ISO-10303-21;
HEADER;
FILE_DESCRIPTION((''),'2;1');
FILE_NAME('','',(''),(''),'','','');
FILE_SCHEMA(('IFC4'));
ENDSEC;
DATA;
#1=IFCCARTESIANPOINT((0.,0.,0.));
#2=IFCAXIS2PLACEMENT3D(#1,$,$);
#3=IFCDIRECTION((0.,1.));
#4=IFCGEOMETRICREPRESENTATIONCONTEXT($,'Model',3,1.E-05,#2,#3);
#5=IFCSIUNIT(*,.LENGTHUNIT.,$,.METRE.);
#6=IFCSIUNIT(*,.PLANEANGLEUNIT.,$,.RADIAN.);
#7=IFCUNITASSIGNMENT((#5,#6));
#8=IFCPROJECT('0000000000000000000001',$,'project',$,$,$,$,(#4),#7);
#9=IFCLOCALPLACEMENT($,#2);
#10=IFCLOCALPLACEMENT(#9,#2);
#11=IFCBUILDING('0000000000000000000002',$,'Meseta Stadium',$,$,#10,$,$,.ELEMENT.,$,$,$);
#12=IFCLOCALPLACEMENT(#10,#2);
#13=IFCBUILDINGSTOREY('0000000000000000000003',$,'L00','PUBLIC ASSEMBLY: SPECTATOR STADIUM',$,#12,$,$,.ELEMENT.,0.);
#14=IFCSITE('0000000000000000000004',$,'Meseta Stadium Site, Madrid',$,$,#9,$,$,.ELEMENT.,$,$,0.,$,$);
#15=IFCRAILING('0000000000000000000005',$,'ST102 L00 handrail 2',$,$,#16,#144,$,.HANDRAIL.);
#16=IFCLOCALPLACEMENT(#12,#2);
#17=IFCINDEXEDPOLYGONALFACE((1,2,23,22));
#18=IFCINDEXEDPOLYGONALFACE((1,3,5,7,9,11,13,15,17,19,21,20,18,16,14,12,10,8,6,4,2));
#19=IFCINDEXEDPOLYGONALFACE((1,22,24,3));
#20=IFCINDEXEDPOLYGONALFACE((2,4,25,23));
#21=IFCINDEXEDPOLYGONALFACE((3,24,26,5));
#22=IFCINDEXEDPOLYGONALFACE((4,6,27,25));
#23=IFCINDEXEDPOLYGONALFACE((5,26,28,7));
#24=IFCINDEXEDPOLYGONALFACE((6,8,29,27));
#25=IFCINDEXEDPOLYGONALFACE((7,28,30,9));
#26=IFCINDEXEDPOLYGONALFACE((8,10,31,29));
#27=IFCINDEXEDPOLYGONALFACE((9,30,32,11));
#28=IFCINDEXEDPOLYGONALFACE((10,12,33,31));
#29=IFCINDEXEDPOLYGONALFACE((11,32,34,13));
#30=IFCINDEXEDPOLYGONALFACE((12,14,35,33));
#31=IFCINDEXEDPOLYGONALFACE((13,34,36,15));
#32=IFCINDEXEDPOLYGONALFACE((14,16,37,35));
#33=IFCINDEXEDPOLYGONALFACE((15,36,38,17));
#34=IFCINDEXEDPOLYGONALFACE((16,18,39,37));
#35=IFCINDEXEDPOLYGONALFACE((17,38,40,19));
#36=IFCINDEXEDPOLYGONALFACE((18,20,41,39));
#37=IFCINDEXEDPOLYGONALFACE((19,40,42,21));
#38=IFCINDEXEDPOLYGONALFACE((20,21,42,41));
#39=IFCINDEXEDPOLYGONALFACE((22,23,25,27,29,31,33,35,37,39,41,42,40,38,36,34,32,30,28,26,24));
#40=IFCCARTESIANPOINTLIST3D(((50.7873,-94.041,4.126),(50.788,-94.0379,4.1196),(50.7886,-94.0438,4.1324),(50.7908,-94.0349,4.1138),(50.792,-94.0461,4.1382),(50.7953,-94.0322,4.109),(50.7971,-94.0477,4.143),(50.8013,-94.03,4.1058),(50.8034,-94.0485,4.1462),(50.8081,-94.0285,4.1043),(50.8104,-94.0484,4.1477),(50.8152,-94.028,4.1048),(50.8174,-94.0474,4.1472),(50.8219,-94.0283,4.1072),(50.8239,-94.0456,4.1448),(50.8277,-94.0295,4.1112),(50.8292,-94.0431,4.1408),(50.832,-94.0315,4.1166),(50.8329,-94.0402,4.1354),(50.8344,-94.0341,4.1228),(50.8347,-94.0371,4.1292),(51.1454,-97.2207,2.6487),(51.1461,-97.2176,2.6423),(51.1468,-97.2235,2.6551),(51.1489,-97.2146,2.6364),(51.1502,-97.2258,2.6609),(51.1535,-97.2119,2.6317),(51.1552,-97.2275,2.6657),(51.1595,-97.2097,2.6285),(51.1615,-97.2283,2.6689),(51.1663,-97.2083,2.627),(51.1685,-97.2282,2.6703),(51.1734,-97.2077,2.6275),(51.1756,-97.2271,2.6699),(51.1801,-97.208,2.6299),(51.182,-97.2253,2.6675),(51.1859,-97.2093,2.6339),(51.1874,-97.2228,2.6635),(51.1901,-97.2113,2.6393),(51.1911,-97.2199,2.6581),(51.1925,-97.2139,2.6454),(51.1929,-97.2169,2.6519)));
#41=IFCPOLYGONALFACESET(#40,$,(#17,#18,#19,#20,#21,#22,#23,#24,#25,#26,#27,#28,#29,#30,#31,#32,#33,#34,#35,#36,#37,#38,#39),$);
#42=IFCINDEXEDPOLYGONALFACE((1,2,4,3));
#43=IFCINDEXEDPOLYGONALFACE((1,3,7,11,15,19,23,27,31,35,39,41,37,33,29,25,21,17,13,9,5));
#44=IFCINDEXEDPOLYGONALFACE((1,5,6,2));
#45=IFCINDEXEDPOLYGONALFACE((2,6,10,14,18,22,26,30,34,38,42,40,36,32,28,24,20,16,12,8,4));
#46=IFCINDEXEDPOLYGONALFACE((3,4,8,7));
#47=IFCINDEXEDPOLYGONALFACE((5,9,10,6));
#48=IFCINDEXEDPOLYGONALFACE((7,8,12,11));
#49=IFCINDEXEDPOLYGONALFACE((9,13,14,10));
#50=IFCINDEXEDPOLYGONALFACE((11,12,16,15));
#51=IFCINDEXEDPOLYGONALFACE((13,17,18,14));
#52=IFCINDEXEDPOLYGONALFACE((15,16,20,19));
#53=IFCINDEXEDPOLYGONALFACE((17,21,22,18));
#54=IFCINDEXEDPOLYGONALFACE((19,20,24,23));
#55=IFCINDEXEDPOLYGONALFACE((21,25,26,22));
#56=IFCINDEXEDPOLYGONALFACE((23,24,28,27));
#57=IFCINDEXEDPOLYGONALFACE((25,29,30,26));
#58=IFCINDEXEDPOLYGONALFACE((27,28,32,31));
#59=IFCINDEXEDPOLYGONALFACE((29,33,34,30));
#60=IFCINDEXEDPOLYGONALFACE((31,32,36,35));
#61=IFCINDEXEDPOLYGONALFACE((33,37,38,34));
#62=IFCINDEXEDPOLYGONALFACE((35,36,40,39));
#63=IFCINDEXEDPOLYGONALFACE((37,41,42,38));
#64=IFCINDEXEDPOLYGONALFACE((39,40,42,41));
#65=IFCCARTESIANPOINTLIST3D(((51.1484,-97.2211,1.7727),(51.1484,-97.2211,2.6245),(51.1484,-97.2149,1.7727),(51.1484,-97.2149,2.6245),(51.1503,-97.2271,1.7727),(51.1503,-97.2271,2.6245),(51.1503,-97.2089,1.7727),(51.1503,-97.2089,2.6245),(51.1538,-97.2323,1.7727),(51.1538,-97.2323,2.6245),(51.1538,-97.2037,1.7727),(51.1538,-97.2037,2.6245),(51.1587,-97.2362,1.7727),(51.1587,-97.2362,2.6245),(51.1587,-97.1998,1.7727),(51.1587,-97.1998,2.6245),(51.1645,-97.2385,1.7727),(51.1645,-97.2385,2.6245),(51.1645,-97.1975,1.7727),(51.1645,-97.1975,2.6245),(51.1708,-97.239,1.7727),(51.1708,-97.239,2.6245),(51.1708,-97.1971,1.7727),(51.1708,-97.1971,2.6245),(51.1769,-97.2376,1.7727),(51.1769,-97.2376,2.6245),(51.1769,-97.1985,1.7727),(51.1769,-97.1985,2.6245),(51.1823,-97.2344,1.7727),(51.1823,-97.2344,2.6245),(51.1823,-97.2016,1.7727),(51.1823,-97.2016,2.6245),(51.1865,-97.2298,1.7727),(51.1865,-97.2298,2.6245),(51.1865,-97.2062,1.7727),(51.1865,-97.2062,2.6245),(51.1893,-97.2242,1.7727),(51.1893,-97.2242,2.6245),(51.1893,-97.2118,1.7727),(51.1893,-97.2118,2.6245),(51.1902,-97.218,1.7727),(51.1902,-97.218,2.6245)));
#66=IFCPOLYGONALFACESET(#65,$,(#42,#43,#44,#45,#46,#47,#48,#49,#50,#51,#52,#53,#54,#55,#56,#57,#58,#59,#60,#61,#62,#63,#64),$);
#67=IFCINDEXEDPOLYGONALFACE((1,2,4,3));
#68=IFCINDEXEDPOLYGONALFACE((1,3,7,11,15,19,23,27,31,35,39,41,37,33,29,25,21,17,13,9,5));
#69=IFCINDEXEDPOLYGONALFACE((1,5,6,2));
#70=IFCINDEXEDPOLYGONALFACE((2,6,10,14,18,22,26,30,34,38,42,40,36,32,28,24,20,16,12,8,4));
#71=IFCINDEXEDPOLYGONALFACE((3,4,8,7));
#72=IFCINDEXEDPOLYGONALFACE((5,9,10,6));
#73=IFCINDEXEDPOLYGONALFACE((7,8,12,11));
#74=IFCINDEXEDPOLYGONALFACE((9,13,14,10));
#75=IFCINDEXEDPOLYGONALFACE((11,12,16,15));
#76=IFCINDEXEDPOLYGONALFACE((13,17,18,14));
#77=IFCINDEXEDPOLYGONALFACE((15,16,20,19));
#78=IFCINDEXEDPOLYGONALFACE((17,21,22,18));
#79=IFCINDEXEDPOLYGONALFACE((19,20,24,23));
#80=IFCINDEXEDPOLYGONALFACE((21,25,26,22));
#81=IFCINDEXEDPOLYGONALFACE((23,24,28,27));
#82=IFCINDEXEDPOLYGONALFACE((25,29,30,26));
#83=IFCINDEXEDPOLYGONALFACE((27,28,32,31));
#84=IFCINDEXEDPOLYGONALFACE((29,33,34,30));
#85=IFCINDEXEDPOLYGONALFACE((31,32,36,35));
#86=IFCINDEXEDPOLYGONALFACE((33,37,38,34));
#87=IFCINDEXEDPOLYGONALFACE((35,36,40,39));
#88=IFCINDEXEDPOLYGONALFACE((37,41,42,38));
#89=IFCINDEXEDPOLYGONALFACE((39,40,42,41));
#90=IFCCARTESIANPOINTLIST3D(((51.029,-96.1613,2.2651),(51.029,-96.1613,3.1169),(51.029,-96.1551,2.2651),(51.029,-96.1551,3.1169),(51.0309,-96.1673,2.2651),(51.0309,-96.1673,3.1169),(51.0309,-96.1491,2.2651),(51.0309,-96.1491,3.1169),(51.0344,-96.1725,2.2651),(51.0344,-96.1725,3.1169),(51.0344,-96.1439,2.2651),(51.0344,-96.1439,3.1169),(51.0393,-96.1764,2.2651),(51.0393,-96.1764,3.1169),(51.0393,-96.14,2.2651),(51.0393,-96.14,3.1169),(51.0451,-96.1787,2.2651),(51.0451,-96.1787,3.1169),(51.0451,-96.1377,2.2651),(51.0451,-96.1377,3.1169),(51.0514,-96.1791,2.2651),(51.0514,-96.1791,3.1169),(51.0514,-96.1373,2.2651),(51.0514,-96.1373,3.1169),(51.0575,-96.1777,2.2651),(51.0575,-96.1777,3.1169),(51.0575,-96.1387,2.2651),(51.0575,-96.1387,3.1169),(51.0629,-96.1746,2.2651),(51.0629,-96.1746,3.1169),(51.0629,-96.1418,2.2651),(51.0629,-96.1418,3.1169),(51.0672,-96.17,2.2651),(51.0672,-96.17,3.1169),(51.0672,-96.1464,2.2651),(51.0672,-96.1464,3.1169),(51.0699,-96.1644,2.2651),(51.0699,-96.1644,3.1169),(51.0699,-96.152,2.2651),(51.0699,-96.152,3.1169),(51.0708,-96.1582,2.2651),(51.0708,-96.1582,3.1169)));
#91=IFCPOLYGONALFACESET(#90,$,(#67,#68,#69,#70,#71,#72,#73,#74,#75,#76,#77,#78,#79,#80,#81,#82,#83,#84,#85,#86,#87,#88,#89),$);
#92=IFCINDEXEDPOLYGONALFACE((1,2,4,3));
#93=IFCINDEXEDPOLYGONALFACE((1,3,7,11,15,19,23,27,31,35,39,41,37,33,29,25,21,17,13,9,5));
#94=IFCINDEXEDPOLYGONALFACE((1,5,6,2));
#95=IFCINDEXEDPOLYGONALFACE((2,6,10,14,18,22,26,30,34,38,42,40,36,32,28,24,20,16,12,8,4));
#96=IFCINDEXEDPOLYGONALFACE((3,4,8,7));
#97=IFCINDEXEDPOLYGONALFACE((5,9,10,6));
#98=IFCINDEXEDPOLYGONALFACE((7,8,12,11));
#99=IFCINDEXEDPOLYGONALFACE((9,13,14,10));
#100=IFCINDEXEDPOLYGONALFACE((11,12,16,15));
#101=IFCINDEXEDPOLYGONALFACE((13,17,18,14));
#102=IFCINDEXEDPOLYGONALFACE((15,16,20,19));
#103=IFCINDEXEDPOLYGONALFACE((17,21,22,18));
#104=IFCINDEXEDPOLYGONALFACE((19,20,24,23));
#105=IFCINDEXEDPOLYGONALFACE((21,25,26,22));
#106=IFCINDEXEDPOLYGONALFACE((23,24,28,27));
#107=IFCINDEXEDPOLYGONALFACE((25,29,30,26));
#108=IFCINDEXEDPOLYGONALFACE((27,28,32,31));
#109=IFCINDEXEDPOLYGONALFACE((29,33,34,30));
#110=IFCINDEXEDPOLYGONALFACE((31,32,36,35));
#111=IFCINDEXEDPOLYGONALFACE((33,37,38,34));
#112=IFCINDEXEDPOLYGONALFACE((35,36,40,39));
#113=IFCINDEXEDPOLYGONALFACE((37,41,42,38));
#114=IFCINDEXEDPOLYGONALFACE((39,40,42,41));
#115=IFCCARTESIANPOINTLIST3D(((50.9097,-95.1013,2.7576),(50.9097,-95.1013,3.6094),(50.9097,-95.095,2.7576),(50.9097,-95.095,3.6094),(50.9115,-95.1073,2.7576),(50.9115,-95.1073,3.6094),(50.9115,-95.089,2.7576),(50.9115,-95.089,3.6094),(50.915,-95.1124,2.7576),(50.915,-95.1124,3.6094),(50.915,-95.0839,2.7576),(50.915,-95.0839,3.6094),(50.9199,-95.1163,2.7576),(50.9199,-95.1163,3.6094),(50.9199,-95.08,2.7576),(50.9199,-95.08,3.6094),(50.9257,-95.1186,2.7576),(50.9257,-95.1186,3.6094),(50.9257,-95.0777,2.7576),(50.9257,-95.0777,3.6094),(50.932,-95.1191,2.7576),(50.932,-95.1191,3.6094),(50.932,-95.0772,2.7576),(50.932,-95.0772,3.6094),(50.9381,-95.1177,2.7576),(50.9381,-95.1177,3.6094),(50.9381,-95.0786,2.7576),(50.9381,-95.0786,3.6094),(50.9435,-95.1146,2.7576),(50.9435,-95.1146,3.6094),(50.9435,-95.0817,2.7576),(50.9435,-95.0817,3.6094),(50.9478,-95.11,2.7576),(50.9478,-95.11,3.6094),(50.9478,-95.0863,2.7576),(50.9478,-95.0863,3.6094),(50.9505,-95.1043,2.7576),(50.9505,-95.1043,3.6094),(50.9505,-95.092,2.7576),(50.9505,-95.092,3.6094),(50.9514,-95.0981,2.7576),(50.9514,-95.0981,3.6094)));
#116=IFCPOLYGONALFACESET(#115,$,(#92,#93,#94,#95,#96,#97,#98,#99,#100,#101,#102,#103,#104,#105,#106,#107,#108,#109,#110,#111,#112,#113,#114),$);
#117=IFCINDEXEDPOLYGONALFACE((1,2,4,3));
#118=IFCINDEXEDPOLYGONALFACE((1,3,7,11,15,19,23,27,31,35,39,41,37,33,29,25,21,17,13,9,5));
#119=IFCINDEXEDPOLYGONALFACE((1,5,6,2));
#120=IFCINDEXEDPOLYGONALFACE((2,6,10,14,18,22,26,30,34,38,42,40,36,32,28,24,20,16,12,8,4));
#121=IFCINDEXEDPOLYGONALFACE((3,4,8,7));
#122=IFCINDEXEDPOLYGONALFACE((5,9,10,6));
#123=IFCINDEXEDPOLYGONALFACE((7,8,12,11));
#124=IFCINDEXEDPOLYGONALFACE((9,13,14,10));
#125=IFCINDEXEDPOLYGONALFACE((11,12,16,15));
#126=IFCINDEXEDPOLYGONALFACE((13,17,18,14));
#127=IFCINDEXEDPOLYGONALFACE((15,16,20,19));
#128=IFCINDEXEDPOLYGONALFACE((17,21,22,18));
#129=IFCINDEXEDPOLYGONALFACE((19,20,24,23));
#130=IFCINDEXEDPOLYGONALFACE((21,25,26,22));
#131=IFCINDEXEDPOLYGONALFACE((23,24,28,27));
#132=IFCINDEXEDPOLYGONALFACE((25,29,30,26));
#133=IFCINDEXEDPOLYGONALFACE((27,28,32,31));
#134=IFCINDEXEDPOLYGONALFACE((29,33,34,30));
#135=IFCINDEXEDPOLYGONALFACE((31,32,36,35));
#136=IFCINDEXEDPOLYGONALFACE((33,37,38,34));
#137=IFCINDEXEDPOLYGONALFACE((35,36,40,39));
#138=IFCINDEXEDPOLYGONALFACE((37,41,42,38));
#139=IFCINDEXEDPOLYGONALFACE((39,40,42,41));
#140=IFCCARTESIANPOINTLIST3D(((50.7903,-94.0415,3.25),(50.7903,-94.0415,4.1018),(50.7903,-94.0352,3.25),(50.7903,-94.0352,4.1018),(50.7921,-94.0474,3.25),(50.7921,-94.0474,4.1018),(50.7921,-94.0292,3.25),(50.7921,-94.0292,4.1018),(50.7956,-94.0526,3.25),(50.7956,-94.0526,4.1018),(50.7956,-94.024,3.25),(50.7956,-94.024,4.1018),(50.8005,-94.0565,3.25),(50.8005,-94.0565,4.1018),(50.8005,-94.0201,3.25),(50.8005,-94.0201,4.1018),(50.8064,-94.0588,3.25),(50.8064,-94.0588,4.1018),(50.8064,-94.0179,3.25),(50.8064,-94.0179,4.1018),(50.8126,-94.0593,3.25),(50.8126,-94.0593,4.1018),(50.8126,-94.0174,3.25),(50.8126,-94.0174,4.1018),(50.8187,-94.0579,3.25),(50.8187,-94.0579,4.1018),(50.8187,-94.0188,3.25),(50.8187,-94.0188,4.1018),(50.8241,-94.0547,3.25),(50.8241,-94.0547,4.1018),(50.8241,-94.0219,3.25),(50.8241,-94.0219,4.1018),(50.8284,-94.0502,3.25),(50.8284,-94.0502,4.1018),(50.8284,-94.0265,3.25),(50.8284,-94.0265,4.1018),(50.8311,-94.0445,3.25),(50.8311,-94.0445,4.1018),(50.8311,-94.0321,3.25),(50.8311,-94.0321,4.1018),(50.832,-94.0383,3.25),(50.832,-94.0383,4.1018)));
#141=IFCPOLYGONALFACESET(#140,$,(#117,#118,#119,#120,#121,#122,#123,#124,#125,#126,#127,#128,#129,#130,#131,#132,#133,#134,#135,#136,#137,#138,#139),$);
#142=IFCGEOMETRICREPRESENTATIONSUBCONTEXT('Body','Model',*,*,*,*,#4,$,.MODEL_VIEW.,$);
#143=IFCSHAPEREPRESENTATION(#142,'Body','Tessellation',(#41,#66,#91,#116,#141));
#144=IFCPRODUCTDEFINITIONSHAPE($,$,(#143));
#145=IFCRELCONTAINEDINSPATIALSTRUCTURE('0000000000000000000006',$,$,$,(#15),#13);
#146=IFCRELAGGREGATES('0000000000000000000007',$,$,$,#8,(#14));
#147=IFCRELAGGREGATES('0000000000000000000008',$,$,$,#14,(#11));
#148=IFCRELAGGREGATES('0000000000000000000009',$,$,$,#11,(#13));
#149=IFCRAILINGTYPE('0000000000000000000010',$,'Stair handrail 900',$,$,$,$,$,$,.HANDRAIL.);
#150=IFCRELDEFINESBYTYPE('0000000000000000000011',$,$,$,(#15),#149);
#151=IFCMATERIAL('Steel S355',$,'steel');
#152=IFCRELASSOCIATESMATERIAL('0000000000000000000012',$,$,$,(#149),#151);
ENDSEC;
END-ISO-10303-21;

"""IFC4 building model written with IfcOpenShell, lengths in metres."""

from ifc_helpers import new_model, si_unit, direction, frame, origin, origin_2d, place, context, subcontext, project, spatial, circle, extrude, material, type_object, element, save


model = new_model("IFC4")

# Units and contexts
model_context = context("Model", 3, precision=1e-05, world=origin(), true_north=direction((0.0, 1.0)))
body_context = subcontext(model_context, "Body", "Model", "MODEL_VIEW")
ifc_project = project(units=[si_unit("LENGTHUNIT", "METRE"), si_unit("PLANEANGLEUNIT", "RADIAN")], contexts=[model_context])

# Site, building, storey
site_placement = place(None, origin())
site = spatial("IfcSite", under=ifc_project, at=site_placement, Name="Meseta Stadium Site, Madrid", CompositionType="ELEMENT", RefElevation=0.0)
building_placement = place(site_placement, origin())
building = spatial("IfcBuilding", under=site, at=building_placement, Name="Meseta Stadium", CompositionType="ELEMENT")
storey_placement = place(building_placement, origin())
storey = spatial("IfcBuildingStorey", under=building, at=storey_placement, Name="L00", Description="PUBLIC ASSEMBLY: SPECTATOR STADIUM", CompositionType="ELEMENT", Elevation=0.0)

# Railing
ifc_material_1 = material(Name="Steel S355", Category="steel")
railing_type_1 = type_object("IfcRailingType", Name="Stair handrail 900", PredefinedType="HANDRAIL", material=ifc_material_1)
railing_1_placement = place(storey_placement, frame((51.1692, -97.218, 1.7727)))
element("IfcRailing", 1, at=railing_1_placement, inside=storey, type_object=railing_type_1, Name="ST102 L00 handrail 2", PredefinedType="HANDRAIL", context=body_context, shape_type="SweptSolid", body=[
    extrude(circle(Radius=0.0239, at=origin_2d()), frame((0.0, 0.0, 0.876), z_axis=(-0.101623, 0.902204, 0.419167), x_axis=(-0.993716, -0.11193, 0.0)), (0.0, 0.0, 1.0), 3.5244),
    extrude(circle(Radius=0.021, at=origin_2d()), origin(), (0.0, 0.0, 1.0), 0.8518),
    extrude(circle(Radius=0.021, at=origin_2d()), frame((-0.1194, 1.0598, 0.4924)), (0.0, 0.0, 1.0), 0.8518),
    extrude(circle(Radius=0.021, at=origin_2d()), frame((-0.2388, 2.1199, 0.9849)), (0.0, 0.0, 1.0), 0.8518),
    extrude(circle(Radius=0.021, at=origin_2d()), frame((-0.3582, 3.1797, 1.4773)), (0.0, 0.0, 1.0), 0.8518),
])

save(model, "model.ifc")
